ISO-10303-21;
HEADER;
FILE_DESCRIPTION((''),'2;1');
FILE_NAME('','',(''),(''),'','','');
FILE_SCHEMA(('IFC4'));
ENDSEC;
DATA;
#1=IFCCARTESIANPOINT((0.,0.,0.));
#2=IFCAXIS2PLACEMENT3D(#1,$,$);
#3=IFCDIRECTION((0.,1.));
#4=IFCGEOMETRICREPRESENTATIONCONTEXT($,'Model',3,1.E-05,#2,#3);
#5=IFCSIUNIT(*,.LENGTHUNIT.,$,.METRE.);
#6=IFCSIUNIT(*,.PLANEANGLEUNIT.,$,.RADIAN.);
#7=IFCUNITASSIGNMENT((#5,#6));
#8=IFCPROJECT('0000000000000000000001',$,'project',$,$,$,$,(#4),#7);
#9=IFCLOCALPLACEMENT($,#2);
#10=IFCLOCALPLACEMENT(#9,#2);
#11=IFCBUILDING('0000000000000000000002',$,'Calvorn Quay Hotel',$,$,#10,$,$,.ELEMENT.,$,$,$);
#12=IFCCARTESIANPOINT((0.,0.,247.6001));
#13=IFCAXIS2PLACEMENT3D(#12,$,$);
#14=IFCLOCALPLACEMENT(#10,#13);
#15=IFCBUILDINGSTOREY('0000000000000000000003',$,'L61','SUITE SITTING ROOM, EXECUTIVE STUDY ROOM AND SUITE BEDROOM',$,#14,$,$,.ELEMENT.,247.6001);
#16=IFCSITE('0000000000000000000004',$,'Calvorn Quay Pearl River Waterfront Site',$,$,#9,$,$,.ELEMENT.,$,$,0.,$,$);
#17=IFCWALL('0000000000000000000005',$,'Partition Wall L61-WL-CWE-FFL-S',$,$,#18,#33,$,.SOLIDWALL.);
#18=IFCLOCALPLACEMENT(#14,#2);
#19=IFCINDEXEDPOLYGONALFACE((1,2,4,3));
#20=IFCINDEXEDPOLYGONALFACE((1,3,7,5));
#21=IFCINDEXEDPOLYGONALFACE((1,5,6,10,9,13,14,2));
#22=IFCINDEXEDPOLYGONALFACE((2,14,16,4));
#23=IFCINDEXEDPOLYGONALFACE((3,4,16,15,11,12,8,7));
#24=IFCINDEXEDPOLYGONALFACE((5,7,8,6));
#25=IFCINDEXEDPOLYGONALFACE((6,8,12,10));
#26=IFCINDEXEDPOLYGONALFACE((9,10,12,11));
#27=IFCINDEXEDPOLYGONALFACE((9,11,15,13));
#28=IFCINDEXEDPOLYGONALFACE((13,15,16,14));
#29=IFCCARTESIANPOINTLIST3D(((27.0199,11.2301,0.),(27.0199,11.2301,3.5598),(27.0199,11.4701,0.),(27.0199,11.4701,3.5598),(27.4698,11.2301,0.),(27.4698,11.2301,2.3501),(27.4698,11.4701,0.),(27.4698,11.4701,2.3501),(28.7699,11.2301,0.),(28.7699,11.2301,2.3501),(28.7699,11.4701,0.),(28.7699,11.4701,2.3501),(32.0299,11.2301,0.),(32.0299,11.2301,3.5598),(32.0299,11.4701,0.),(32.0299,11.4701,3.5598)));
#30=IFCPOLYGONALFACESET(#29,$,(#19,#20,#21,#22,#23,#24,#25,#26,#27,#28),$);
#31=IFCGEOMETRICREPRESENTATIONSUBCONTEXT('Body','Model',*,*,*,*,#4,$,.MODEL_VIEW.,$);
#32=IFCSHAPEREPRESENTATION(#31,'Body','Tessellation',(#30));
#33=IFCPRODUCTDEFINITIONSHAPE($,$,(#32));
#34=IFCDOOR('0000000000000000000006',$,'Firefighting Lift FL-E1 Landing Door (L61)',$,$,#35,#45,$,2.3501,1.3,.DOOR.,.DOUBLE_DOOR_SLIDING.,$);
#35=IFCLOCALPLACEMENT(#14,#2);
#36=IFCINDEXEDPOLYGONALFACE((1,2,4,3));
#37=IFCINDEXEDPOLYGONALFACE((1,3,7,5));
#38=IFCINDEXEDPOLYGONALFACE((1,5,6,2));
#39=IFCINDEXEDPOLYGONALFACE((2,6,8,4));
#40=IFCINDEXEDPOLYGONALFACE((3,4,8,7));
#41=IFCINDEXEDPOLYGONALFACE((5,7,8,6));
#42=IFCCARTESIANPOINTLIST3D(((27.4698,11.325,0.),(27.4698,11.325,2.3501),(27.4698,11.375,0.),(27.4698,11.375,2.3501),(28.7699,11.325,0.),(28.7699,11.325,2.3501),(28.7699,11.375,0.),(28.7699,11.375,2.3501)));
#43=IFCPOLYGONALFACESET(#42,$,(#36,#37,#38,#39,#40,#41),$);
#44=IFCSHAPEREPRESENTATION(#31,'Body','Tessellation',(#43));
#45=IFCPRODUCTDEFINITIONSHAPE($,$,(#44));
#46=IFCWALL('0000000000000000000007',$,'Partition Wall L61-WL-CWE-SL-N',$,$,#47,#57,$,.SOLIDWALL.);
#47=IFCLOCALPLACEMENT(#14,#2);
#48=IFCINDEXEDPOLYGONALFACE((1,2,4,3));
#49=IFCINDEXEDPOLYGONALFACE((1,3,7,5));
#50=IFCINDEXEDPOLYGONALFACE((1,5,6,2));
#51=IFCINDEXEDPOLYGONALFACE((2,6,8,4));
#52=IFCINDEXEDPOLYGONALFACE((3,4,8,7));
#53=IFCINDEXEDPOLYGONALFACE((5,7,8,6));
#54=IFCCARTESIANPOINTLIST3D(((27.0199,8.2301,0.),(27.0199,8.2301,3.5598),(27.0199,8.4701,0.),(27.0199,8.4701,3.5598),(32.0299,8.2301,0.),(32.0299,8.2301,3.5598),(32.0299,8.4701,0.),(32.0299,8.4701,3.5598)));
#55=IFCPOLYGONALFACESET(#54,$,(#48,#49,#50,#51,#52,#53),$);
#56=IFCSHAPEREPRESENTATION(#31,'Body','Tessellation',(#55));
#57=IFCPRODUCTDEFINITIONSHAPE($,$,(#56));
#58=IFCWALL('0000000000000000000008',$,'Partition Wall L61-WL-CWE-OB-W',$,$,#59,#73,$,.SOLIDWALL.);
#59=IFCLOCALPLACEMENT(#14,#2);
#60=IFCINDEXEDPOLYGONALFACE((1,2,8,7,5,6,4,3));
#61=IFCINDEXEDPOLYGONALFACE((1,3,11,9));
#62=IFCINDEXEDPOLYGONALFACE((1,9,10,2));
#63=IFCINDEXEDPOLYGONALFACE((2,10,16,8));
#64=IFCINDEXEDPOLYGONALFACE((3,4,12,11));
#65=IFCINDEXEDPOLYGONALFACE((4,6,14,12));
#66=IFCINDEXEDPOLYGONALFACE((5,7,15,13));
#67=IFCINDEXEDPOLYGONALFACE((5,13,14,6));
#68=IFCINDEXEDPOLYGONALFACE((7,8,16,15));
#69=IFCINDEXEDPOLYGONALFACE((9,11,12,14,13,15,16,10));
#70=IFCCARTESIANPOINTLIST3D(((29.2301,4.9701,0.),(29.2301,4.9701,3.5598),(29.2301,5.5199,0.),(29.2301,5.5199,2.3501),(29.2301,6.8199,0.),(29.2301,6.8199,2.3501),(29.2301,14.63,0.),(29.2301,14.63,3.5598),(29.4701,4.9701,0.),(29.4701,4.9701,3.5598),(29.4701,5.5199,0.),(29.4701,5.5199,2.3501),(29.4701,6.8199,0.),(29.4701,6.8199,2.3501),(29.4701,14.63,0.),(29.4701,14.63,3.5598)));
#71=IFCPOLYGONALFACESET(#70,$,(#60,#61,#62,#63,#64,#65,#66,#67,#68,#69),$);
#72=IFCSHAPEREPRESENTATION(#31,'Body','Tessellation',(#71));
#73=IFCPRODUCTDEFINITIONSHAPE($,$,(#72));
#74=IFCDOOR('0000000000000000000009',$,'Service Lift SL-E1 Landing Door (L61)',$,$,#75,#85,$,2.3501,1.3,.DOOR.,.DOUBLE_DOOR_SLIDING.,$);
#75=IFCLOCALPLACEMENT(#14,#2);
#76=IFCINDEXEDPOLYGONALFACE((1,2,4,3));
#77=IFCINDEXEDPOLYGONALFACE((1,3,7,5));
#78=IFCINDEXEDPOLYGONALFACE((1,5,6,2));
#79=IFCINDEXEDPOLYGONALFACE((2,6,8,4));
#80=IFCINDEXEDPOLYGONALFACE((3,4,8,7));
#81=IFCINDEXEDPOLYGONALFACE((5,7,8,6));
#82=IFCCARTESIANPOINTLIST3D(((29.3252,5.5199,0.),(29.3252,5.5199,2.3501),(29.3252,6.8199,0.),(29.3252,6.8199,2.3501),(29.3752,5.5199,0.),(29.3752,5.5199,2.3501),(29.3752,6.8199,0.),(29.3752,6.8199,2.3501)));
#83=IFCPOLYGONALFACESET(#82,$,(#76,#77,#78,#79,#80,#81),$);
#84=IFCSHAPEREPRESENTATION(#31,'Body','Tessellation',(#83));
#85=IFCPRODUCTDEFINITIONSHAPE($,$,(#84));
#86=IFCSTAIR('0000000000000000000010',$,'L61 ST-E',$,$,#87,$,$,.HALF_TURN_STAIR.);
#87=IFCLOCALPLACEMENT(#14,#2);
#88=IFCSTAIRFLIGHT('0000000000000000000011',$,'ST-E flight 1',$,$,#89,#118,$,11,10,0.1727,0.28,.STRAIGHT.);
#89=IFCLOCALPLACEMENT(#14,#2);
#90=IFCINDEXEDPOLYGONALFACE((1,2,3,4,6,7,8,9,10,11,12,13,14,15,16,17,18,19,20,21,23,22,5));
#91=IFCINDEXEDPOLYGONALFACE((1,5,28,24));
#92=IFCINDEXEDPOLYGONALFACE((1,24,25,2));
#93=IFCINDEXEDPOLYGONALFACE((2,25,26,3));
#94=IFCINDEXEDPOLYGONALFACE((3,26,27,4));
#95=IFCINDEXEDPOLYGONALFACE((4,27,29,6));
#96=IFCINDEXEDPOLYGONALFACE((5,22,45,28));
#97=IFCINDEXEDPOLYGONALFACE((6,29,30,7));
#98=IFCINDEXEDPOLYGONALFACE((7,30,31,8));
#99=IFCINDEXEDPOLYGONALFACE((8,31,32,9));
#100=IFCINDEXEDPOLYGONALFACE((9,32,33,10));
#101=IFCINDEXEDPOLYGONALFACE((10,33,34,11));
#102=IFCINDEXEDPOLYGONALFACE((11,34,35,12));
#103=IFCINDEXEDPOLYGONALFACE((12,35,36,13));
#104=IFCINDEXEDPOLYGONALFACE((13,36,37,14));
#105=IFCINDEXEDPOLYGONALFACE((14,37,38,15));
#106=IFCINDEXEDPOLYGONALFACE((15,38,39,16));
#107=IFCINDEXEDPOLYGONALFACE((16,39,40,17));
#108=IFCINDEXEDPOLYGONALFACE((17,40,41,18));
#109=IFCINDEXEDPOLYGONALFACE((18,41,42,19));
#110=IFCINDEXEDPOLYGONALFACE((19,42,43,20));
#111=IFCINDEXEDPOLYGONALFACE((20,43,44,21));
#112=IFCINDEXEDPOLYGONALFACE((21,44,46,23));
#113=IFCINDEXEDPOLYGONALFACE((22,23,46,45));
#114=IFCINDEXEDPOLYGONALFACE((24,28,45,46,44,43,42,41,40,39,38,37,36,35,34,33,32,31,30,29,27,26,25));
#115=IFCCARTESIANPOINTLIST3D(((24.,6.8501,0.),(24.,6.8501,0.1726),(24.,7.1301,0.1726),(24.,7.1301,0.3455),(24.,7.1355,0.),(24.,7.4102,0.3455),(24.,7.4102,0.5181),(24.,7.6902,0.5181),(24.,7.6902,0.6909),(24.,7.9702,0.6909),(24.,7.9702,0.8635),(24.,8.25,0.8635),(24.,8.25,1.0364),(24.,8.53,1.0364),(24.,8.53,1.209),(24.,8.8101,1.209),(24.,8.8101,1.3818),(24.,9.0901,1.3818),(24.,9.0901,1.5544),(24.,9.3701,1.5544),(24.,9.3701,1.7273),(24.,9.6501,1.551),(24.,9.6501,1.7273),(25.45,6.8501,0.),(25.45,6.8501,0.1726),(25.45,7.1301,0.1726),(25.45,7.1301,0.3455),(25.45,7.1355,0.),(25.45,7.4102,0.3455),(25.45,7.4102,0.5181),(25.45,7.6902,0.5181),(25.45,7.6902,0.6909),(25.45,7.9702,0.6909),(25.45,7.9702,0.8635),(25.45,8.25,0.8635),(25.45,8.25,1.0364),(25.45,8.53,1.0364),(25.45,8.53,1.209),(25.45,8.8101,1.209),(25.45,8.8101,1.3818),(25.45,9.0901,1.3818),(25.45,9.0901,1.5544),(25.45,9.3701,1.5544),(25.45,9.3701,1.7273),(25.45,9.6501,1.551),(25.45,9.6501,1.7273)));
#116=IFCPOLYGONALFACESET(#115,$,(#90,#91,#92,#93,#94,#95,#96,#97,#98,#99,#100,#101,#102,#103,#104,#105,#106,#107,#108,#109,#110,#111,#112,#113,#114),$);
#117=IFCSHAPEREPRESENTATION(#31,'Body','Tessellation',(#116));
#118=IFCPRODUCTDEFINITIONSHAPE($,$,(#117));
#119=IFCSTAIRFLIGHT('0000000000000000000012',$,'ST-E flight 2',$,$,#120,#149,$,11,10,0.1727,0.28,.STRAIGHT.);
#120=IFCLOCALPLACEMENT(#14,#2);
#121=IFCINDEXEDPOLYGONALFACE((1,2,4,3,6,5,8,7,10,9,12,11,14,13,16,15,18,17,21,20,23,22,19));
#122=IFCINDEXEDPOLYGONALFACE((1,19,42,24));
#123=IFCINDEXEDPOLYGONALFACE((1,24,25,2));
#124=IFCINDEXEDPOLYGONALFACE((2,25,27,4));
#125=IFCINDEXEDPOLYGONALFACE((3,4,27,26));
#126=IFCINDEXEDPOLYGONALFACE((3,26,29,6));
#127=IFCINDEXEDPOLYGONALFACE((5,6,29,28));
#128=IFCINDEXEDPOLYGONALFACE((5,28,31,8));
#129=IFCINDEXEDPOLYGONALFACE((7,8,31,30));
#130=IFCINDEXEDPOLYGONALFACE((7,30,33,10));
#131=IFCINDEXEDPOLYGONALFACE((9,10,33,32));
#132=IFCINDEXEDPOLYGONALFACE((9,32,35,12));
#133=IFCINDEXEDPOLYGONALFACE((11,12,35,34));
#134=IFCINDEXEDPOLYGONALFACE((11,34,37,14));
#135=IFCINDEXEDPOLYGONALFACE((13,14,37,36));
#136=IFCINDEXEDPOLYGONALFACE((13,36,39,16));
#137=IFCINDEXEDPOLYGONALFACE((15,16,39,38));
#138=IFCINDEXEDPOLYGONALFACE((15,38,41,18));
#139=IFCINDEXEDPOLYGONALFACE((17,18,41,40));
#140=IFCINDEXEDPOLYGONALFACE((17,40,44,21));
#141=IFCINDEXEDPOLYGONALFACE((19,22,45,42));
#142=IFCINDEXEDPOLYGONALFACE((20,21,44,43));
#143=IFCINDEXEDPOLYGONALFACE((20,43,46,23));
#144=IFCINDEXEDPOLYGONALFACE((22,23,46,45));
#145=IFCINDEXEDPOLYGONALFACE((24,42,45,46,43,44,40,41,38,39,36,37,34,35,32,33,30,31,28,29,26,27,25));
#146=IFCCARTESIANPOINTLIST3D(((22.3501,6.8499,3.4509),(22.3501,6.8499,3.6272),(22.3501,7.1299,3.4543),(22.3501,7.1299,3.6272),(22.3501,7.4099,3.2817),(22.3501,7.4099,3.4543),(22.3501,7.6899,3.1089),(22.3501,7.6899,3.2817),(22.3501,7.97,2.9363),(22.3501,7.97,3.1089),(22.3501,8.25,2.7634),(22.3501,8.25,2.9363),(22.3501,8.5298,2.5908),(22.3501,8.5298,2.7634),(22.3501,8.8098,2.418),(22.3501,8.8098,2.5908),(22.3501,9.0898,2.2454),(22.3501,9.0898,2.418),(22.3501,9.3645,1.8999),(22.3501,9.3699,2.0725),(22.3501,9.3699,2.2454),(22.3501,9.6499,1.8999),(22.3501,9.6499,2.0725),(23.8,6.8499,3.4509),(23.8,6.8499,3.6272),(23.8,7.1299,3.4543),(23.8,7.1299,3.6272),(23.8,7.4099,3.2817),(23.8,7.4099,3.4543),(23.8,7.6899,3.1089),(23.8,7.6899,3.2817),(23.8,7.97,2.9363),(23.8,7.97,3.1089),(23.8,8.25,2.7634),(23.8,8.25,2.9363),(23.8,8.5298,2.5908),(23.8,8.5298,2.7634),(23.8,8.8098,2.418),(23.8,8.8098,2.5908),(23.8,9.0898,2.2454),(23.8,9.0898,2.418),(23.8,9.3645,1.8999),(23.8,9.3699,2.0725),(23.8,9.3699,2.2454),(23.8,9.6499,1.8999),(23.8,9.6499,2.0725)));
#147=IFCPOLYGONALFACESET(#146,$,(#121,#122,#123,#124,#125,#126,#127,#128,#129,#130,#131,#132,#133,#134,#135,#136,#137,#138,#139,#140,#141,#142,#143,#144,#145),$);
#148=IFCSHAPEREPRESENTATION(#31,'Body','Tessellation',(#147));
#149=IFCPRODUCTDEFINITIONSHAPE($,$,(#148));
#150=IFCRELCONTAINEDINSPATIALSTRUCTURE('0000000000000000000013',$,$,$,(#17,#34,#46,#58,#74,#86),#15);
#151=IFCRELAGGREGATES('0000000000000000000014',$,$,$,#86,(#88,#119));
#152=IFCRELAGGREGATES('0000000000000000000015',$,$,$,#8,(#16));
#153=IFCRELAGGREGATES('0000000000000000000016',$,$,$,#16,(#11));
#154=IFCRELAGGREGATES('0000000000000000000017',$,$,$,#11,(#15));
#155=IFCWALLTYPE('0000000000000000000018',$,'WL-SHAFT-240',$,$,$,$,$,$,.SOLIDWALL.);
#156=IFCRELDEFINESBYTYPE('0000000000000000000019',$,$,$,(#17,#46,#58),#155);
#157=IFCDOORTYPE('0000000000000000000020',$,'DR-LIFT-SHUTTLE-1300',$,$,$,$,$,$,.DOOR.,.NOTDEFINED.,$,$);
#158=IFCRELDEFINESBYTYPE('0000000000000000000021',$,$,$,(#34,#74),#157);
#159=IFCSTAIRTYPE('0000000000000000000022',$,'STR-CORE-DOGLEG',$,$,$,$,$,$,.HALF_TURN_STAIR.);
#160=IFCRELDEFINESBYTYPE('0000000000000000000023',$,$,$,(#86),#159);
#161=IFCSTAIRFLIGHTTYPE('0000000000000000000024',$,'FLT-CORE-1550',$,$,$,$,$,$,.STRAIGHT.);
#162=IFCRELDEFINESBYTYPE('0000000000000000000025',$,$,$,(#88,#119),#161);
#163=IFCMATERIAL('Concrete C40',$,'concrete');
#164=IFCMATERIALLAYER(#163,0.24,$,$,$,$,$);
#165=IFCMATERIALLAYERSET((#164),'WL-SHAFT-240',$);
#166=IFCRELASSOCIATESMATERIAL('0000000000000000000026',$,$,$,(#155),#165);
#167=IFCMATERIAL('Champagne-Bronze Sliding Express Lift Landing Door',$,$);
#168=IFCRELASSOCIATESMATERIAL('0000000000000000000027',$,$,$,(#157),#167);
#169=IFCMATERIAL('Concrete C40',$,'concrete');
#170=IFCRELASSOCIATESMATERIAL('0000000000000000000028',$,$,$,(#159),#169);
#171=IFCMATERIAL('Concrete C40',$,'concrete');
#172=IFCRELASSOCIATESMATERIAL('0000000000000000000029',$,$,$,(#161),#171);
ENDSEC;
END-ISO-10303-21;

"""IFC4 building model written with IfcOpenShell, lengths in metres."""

from ifc_helpers import new_model, si_unit, direction, frame, frame_2d, origin, place, context, subcontext, project, spatial, polyline, rectangle, outline, extrude, material, layer, layer_set, type_object, element, fill, aggregate, save


model = new_model("IFC4")

# Units and contexts
model_context = context("Model", 3, precision=1e-05, world=origin(), true_north=direction((0.0, 1.0)))
body_context = subcontext(model_context, "Body", "Model", "MODEL_VIEW")
ifc_project = project(units=[si_unit("LENGTHUNIT", "METRE"), si_unit("PLANEANGLEUNIT", "RADIAN")], contexts=[model_context])

# Site, building, storey
site_placement = place(None, origin())
site = spatial("IfcSite", under=ifc_project, at=site_placement, Name="Calvorn Quay Pearl River Waterfront Site", CompositionType="ELEMENT", RefElevation=0.0)
building_placement = place(site_placement, origin())
building = spatial("IfcBuilding", under=site, at=building_placement, Name="Calvorn Quay Hotel", CompositionType="ELEMENT")
storey_placement = place(building_placement, frame((0.0, 0.0, 247.6001)))
storey = spatial("IfcBuildingStorey", under=building, at=storey_placement, Name="L61", Description="SUITE SITTING ROOM, EXECUTIVE STUDY ROOM AND SUITE BEDROOM", CompositionType="ELEMENT", Elevation=247.6001)

# Shared definitions
ifc_material_1 = material(Name="Concrete C40", Category="concrete")
ifc_layer_1 = layer(ifc_material_1, 0.24)
ifc_layer_set_1 = layer_set([ifc_layer_1], Name="WL-SHAFT-240")
wall_type_1 = type_object("IfcWallType", Name="WL-SHAFT-240", PredefinedType="SOLIDWALL", material=ifc_layer_set_1)

# Wall, opening, door
wall_1_placement = place(storey_placement, frame((27.02, 11.3501, 0.0), z_axis=(0.0, 0.0, 1.0), x_axis=(1.0, 0.0, 0.0)))
wall_1 = element("IfcWall", 1, at=wall_1_placement, inside=storey, type_object=wall_type_1, Name="Partition Wall L61-WL-CWE-FFL-S", PredefinedType="SOLIDWALL", context=body_context, shape_type="SweptSolid", body=[
    extrude(rectangle(XDim=5.01, YDim=0.24, at=frame_2d((2.5049, 0.0))), origin(), (0.0, 0.0, 1.0), 3.5598),
])
opening_1_placement = place(wall_1_placement, frame((0.45, 0.0, 0.0)))
opening_1 = element("IfcOpeningElement", 2, at=opening_1_placement, cuts=wall_1, PredefinedType="OPENING", context=body_context, shape_type="SweptSolid", body=[
    extrude(rectangle(XDim=1.3, YDim=2.3501, at=frame_2d((0.6499, 1.175))), frame((0.0, 0.1299, 0.0), z_axis=(0.0, -1.0, 0.0), x_axis=(1.0, 0.0, 0.0)), (0.0, 0.0, 1.0), 0.26),
])
ifc_material_2 = material(Name="Champagne-Bronze Sliding Express Lift Landing Door")
door_type_1 = type_object("IfcDoorType", Name="DR-LIFT-SHUTTLE-1300", OperationType="NOTDEFINED", PredefinedType="DOOR", material=ifc_material_2)
door_1_placement = place(opening_1_placement, origin())
door_1 = element("IfcDoor", 3, at=door_1_placement, inside=storey, type_object=door_type_1, Name="Firefighting Lift FL-E1 Landing Door (L61)", OperationType="DOUBLE_DOOR_SLIDING", OverallHeight=2.3501, OverallWidth=1.3, PredefinedType="DOOR", context=body_context, shape_type="SweptSolid", body=[
    extrude(rectangle(XDim=1.3, YDim=2.3501, at=frame_2d((0.6499, 1.175))), frame((0.0, 0.0249, 0.0), z_axis=(0.0, -1.0, 0.0), x_axis=(1.0, 0.0, 0.0)), (0.0, 0.0, 1.0), 0.05),
])
fill(opening_1, door_1)

# Wall
wall_2_placement = place(storey_placement, frame((27.02, 8.3501, 0.0), z_axis=(0.0, 0.0, 1.0), x_axis=(1.0, 0.0, 0.0)))
element("IfcWall", 4, at=wall_2_placement, inside=storey, type_object=wall_type_1, Name="Partition Wall L61-WL-CWE-SL-N", PredefinedType="SOLIDWALL", context=body_context, shape_type="SweptSolid", body=[
    extrude(rectangle(XDim=5.01, YDim=0.24, at=frame_2d((2.5049, 0.0))), origin(), (0.0, 0.0, 1.0), 3.5598),
])

# Wall, opening, door
wall_3_placement = place(storey_placement, frame((29.3501, 4.97, 0.0), z_axis=(0.0, 0.0, 1.0), x_axis=(0.0, 1.0, 0.0)))
wall_3 = element("IfcWall", 5, at=wall_3_placement, inside=storey, type_object=wall_type_1, Name="Partition Wall L61-WL-CWE-OB-W", PredefinedType="SOLIDWALL", context=body_context, shape_type="SweptSolid", body=[
    extrude(rectangle(XDim=9.6599, YDim=0.24, at=frame_2d((4.8301, 0.0))), origin(), (0.0, 0.0, 1.0), 3.5598),
])
opening_2_placement = place(wall_3_placement, frame((0.55, 0.0, 0.0)))
opening_2 = element("IfcOpeningElement", 6, at=opening_2_placement, cuts=wall_3, PredefinedType="OPENING", context=body_context, shape_type="SweptSolid", body=[
    extrude(rectangle(XDim=1.3, YDim=2.3501, at=frame_2d((0.6499, 1.175))), frame((0.0, 0.1299, 0.0), z_axis=(0.0, -1.0, 0.0), x_axis=(1.0, 0.0, 0.0)), (0.0, 0.0, 1.0), 0.26),
])
door_2_placement = place(opening_2_placement, origin())
door_2 = element("IfcDoor", 7, at=door_2_placement, inside=storey, type_object=door_type_1, Name="Service Lift SL-E1 Landing Door (L61)", OperationType="DOUBLE_DOOR_SLIDING", OverallHeight=2.3501, OverallWidth=1.3, PredefinedType="DOOR", context=body_context, shape_type="SweptSolid", body=[
    extrude(rectangle(XDim=1.3, YDim=2.3501, at=frame_2d((0.6499, 1.175))), frame((0.0, 0.0249, 0.0), z_axis=(0.0, -1.0, 0.0), x_axis=(1.0, 0.0, 0.0)), (0.0, 0.0, 1.0), 0.05),
])
fill(opening_2, door_2)

# Stair, stair flights
ifc_material_3 = material(Name="Concrete C40", Category="concrete")
stair_type = type_object("IfcStairType", Name="STR-CORE-DOGLEG", PredefinedType="HALF_TURN_STAIR", material=ifc_material_3)
stair_placement = place(storey_placement, origin())
stair = element("IfcStair", 8, at=stair_placement, inside=storey, type_object=stair_type, Name="L61 ST-E", PredefinedType="HALF_TURN_STAIR")
ifc_material_4 = material(Name="Concrete C40", Category="concrete")
stair_flight_type = type_object("IfcStairFlightType", Name="FLT-CORE-1550", PredefinedType="STRAIGHT", material=ifc_material_4)
stair_flight_1_placement = place(storey_placement, frame((24.7251, 6.8501, 0.0), z_axis=(0.0, 0.0, 1.0), x_axis=(0.0, 1.0, 0.0)))
stair_flight_1 = element("IfcStairFlight", 9, at=stair_flight_1_placement, type_object=stair_flight_type, Name="ST-E flight 1", NumberOfRisers=11, NumberOfTreads=10, PredefinedType="STRAIGHT", RiserHeight=0.1727, TreadLength=0.28, context=body_context, shape_type="SweptSolid", body=[
    extrude(outline(polyline([(0.0, 0.0), (0.0, 0.1726), (0.28, 0.1726), (0.28, 0.3455), (0.5601, 0.3455), (0.5601, 0.5181), (0.8401, 0.5181), (0.8401, 0.6909), (1.1201, 0.6909), (1.1201, 0.8635), (1.3999, 0.8635), (1.3999, 1.0364), (1.6799, 1.0364), (1.6799, 1.209), (1.96, 1.209), (1.96, 1.3818), (2.24, 1.3818), (2.24, 1.5544), (2.52, 1.5544), (2.52, 1.7273), (2.8, 1.7273), (2.8, 1.8999), (2.8, 1.551), (0.2854, 0.0), (0.0, 0.0)])), frame((0.0, 0.7251, 0.0), z_axis=(0.0, -1.0, 0.0), x_axis=(1.0, 0.0, 0.0)), (0.0, 0.0, 1.0), 1.45),
])
stair_flight_2_placement = place(storey_placement, frame((23.075, 9.6499, 1.8999), z_axis=(0.0, 0.0, 1.0), x_axis=(0.0, -1.0, 0.0)))
stair_flight_2 = element("IfcStairFlight", 10, at=stair_flight_2_placement, type_object=stair_flight_type, Name="ST-E flight 2", NumberOfRisers=11, NumberOfTreads=10, PredefinedType="STRAIGHT", RiserHeight=0.1727, TreadLength=0.28, context=body_context, shape_type="SweptSolid", body=[
    extrude(outline(polyline([(0.0, 0.0), (0.0, 0.1726), (0.28, 0.1726), (0.28, 0.3455), (0.5601, 0.3455), (0.5601, 0.5181), (0.8401, 0.5181), (0.8401, 0.6909), (1.1201, 0.6909), (1.1201, 0.8635), (1.3999, 0.8635), (1.3999, 1.0364), (1.6799, 1.0364), (1.6799, 1.209), (1.96, 1.209), (1.96, 1.3818), (2.24, 1.3818), (2.24, 1.5544), (2.52, 1.5544), (2.52, 1.7273), (2.8, 1.7273), (2.8, 1.8999), (2.8, 1.551), (0.2854, 0.0), (0.0, 0.0)])), frame((0.0, 0.7251, 0.0), z_axis=(0.0, -1.0, 0.0), x_axis=(1.0, 0.0, 0.0)), (0.0, 0.0, 1.0), 1.45),
])
aggregate(stair, [stair_flight_1, stair_flight_2])

save(model, "model.ifc")
